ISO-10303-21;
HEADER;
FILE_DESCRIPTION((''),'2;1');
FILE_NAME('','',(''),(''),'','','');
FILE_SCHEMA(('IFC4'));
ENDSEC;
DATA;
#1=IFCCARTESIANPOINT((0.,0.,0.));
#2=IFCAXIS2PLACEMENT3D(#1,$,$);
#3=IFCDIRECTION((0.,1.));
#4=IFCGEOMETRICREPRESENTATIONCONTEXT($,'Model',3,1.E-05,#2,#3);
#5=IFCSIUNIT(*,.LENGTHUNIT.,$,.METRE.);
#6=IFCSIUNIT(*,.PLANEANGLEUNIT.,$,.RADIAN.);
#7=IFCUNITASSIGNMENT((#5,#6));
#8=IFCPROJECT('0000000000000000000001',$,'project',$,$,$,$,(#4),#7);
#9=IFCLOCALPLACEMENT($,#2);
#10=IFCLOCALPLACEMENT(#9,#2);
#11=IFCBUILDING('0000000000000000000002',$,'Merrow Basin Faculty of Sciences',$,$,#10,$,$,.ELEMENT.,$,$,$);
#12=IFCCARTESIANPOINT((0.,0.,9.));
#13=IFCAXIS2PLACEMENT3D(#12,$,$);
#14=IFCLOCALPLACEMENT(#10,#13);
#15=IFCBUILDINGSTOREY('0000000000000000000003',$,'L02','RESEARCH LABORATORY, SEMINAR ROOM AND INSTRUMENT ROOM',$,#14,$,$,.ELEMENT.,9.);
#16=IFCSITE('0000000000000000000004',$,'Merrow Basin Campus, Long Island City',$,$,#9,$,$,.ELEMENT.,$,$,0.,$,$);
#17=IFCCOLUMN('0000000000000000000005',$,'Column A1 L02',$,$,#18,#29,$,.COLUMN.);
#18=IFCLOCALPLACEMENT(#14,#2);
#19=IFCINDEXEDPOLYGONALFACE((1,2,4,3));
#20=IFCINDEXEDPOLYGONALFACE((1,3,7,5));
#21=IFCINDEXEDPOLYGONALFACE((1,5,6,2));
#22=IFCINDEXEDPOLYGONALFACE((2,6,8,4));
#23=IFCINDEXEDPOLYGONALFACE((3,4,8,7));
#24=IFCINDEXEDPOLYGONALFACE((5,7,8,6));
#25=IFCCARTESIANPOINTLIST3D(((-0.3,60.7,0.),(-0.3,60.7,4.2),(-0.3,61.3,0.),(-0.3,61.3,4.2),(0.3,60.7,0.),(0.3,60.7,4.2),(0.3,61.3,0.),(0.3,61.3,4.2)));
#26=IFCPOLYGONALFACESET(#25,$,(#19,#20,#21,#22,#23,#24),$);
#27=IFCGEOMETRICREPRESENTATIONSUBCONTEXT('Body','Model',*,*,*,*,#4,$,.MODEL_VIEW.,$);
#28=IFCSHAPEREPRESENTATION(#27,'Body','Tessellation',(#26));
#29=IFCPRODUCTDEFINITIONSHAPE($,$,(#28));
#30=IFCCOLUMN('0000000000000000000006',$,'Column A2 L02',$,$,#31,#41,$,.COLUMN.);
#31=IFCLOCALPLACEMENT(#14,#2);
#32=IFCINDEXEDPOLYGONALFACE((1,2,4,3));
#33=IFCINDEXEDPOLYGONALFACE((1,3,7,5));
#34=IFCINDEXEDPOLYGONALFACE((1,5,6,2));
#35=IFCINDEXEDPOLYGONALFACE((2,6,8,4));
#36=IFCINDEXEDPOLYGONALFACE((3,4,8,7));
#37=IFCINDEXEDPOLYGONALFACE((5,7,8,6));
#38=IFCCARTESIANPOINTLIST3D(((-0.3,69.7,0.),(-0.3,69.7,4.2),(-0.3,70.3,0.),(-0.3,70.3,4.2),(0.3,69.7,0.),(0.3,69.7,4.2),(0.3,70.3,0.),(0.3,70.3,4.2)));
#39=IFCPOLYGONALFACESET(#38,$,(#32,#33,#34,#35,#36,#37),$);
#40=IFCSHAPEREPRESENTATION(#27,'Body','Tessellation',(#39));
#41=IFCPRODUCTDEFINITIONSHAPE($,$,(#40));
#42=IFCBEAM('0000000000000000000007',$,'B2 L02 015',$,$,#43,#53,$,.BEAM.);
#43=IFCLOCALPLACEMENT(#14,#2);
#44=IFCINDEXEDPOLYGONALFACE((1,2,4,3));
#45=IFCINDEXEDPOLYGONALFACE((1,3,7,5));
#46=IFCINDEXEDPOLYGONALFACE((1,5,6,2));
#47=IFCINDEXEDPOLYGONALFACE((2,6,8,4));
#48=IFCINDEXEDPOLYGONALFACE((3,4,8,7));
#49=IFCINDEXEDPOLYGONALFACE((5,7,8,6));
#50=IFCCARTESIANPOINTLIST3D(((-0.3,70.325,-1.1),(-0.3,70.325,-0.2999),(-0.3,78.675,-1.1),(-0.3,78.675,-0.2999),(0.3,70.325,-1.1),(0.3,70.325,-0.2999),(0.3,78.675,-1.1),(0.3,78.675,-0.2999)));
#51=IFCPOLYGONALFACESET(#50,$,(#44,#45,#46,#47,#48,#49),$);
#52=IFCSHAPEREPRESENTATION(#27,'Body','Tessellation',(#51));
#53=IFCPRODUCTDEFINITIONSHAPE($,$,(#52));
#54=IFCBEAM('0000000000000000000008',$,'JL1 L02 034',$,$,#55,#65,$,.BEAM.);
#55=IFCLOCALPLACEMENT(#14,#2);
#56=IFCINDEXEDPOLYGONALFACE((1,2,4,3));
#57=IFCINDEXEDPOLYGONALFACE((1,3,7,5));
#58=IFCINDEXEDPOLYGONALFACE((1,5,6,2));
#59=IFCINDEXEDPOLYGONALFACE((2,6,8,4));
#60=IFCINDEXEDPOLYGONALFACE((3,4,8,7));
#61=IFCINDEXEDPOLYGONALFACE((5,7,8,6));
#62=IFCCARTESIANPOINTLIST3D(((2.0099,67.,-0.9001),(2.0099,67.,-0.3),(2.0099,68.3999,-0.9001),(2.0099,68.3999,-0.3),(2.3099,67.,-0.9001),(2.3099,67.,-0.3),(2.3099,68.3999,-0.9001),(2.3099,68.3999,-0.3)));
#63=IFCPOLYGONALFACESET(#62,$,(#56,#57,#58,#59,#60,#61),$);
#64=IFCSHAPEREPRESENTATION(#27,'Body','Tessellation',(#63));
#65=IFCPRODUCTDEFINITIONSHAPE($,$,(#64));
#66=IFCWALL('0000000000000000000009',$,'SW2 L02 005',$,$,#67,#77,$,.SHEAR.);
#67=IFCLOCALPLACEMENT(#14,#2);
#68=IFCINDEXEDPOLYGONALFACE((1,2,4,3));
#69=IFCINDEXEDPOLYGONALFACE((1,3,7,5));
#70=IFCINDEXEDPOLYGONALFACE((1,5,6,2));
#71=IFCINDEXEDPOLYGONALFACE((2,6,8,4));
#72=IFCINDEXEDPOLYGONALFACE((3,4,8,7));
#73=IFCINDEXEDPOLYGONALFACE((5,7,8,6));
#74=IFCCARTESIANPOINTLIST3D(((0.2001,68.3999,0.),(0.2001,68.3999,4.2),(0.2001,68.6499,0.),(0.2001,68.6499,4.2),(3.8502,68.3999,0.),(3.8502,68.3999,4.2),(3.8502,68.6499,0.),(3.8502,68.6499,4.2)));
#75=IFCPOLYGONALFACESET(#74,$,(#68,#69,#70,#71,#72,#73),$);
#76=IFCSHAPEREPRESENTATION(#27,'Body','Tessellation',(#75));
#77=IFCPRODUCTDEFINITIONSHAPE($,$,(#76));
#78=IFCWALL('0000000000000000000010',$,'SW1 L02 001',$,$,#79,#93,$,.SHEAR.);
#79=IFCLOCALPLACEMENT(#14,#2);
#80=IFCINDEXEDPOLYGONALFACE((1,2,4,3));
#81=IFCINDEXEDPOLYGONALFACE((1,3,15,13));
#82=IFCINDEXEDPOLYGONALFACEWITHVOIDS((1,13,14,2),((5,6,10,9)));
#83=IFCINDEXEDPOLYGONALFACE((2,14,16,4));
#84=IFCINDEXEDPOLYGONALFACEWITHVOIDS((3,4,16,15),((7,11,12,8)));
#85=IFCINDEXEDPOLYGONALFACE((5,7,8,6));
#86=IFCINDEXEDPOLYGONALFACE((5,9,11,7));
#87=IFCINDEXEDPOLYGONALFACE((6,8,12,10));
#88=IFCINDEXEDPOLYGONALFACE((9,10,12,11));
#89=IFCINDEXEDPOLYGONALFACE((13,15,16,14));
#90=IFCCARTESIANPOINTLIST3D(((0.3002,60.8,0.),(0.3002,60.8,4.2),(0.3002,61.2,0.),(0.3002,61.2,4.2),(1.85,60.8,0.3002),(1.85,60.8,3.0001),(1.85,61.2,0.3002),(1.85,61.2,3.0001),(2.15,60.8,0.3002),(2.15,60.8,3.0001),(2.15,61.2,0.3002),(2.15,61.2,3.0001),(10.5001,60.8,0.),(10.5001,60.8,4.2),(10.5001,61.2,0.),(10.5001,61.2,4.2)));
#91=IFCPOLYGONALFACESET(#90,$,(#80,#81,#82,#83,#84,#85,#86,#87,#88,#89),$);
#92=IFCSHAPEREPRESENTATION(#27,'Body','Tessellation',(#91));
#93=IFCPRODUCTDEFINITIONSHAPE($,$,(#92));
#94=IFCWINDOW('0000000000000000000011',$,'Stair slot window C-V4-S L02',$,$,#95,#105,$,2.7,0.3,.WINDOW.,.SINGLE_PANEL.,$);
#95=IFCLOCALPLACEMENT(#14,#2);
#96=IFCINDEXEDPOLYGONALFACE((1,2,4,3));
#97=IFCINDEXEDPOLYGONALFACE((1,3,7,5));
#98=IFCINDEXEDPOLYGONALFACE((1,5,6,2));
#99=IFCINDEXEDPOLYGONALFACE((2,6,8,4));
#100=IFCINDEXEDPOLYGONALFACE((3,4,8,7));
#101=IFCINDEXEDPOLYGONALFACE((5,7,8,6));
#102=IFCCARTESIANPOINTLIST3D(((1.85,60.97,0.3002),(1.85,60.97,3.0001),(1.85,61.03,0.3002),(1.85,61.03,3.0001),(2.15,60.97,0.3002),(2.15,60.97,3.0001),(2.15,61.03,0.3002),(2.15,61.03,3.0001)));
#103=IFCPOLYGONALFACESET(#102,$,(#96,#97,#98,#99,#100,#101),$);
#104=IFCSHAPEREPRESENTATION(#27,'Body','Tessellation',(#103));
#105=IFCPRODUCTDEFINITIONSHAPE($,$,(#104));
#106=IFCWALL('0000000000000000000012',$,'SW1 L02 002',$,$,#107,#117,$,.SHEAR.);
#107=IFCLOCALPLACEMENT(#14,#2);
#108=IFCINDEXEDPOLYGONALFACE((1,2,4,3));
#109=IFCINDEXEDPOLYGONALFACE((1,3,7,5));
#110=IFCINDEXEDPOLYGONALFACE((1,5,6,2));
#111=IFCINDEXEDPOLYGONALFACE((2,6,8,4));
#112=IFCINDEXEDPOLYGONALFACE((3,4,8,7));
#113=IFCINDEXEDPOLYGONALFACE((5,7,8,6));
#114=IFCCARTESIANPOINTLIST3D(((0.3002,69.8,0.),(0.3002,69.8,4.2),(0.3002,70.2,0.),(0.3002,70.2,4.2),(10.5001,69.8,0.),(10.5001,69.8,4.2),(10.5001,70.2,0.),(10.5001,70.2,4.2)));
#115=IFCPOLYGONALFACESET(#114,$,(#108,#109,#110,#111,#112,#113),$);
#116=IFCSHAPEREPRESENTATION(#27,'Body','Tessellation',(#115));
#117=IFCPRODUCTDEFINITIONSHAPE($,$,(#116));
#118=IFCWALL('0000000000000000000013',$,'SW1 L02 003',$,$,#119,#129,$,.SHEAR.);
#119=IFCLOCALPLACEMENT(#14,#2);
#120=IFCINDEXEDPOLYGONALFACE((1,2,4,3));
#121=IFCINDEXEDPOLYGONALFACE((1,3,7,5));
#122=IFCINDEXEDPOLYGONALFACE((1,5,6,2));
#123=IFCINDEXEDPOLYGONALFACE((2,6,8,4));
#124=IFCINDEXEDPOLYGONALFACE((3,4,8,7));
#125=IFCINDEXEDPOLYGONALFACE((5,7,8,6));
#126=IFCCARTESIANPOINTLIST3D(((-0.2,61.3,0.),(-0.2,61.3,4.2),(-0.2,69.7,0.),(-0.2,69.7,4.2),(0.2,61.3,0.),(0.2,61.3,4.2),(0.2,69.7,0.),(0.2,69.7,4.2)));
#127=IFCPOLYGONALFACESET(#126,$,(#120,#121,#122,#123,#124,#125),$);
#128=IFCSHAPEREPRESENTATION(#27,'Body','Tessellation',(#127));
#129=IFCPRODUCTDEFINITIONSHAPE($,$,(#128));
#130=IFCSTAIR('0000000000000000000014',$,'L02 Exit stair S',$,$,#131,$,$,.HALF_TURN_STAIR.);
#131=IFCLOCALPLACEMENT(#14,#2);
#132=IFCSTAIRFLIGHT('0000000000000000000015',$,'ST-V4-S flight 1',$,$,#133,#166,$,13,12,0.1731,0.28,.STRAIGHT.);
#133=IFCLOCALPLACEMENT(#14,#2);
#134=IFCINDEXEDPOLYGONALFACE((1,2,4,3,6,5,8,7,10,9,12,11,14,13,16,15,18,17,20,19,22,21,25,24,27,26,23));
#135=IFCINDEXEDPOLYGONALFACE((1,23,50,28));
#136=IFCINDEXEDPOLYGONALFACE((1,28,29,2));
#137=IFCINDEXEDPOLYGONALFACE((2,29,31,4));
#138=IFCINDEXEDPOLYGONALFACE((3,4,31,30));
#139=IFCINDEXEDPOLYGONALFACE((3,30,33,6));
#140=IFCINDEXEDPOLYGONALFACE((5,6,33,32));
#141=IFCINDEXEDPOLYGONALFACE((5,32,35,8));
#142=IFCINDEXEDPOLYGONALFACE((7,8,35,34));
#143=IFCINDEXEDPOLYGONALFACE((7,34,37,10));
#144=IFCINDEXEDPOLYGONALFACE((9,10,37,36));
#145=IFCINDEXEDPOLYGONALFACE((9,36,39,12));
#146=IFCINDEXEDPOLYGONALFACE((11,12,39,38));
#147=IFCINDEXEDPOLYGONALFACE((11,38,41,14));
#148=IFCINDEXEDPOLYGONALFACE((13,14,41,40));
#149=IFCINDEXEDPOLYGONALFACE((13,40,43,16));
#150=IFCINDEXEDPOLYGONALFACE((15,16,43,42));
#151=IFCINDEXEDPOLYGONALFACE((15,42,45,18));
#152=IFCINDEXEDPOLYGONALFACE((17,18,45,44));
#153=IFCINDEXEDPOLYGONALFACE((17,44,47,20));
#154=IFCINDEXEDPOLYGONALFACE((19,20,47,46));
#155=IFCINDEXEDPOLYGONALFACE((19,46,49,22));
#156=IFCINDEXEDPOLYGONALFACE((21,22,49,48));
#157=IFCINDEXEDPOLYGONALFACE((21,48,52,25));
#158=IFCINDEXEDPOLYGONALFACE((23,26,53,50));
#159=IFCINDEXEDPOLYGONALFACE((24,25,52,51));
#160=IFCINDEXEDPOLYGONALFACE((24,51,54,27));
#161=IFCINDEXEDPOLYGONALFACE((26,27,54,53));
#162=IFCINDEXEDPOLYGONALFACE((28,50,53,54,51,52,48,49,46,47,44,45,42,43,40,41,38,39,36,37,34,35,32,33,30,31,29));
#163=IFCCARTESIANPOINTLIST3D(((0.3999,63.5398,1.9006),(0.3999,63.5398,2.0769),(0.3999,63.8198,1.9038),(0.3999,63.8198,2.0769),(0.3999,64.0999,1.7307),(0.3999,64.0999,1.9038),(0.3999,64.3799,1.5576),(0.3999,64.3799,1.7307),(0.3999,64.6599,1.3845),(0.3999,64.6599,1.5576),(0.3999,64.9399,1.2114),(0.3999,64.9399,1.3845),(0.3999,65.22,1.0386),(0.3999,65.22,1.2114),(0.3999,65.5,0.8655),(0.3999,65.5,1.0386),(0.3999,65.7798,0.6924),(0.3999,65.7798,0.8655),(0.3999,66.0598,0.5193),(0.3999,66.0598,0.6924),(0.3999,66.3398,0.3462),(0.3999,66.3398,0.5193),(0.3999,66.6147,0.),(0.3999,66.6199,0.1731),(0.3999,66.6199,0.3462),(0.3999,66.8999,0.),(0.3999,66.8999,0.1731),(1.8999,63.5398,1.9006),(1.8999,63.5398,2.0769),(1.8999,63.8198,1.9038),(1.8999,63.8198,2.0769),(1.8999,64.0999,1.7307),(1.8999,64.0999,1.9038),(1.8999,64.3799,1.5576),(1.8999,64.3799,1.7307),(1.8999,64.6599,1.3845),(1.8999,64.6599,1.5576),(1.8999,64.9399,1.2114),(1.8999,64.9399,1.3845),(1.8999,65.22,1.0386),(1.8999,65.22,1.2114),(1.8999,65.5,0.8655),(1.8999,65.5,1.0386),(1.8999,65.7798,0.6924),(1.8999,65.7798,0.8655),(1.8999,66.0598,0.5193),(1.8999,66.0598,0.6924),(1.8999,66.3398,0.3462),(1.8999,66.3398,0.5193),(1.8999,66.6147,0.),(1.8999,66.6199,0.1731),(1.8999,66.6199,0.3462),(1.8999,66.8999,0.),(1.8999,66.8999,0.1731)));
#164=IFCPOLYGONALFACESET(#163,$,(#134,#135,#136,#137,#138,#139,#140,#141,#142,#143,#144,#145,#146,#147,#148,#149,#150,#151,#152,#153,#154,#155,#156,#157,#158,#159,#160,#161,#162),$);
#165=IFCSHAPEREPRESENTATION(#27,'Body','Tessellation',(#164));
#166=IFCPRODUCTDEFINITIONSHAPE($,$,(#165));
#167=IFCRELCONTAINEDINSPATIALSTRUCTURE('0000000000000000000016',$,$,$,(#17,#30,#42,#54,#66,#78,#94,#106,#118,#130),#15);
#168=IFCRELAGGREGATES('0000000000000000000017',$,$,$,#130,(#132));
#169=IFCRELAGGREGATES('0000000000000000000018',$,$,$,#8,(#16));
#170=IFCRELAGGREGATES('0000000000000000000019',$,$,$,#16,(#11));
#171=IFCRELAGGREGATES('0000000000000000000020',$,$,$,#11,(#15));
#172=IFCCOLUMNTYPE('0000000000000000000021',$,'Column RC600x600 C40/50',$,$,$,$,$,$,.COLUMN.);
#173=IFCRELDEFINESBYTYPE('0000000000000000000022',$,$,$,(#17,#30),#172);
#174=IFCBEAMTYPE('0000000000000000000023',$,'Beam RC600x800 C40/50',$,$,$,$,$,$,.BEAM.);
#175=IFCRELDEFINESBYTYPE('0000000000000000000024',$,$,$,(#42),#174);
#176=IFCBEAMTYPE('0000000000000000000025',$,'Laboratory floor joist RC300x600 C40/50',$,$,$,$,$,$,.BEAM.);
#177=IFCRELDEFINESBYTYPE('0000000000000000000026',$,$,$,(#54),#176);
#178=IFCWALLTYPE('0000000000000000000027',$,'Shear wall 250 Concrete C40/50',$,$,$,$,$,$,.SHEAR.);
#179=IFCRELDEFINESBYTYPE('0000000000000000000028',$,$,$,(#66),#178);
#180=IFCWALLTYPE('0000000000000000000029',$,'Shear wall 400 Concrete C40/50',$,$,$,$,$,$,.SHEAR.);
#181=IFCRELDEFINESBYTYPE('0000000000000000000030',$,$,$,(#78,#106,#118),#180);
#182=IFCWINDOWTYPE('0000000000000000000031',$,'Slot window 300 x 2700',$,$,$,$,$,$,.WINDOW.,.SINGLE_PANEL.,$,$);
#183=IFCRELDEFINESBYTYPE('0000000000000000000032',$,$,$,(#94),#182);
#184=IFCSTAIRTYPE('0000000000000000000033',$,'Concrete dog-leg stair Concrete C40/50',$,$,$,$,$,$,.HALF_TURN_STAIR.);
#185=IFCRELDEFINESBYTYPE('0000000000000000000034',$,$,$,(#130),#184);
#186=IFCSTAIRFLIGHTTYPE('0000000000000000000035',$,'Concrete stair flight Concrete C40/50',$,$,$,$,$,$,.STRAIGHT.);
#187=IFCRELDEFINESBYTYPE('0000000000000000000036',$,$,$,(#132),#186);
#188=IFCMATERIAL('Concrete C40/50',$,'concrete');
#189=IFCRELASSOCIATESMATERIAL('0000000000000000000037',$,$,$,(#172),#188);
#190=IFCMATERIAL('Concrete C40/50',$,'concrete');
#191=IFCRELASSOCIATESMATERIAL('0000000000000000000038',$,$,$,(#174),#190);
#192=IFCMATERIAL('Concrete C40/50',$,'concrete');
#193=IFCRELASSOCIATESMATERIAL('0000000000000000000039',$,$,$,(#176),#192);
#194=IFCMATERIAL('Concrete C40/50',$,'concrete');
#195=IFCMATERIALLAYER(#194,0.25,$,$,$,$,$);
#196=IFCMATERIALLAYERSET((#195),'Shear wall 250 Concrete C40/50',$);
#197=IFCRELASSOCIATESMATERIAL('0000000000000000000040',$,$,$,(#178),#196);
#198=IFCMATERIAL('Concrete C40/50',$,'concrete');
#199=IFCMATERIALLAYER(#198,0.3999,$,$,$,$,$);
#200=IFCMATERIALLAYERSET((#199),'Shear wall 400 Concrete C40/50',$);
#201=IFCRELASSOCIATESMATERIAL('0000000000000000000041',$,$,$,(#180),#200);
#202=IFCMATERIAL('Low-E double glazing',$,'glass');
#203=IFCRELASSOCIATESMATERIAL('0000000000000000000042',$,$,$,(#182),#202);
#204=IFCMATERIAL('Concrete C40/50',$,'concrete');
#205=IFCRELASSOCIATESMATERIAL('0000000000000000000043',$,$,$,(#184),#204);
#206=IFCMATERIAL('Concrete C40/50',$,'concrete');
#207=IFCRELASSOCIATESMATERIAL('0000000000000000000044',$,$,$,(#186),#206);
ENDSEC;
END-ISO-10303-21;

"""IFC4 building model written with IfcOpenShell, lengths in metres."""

from ifc_helpers import new_model, si_unit, direction, frame, frame_2d, origin, origin_2d, place, context, subcontext, project, spatial, polyline, rectangle, outline, extrude, material, layer, layer_set, material_profile, profile_set, type_object, element, fill, aggregate, save


model = new_model("IFC4")

# Units and contexts
model_context = context("Model", 3, precision=1e-05, world=origin(), true_north=direction((0.0, 1.0)))
body_context = subcontext(model_context, "Body", "Model", "MODEL_VIEW")
ifc_project = project(units=[si_unit("LENGTHUNIT", "METRE"), si_unit("PLANEANGLEUNIT", "RADIAN")], contexts=[model_context])

# Site, building, storey
site_placement = place(None, origin())
site = spatial("IfcSite", under=ifc_project, at=site_placement, Name="Merrow Basin Campus, Long Island City", CompositionType="ELEMENT", RefElevation=0.0)
building_placement = place(site_placement, origin())
building = spatial("IfcBuilding", under=site, at=building_placement, Name="Merrow Basin Faculty of Sciences", CompositionType="ELEMENT")
storey_placement = place(building_placement, frame((0.0, 0.0, 9.0)))
storey = spatial("IfcBuildingStorey", under=building, at=storey_placement, Name="L02", Description="RESEARCH LABORATORY, SEMINAR ROOM AND INSTRUMENT ROOM", CompositionType="ELEMENT", Elevation=9.0)

# Columns
ifc_material_1 = material(Name="Concrete C40/50", Category="concrete")
ifc_material_profile_1 = material_profile(ifc_material_1, rectangle(XDim=0.6001, YDim=0.6001, at=origin_2d()))
ifc_profile_set_1 = profile_set([ifc_material_profile_1], Name="Concrete C40/50")
column_type = type_object("IfcColumnType", Name="Column RC600x600 C40/50", PredefinedType="COLUMN", material=ifc_profile_set_1)
for number, where, z_axis, x_axis, name in (
    (1, (0.0, 61.0, 0.0), (0.0, 0.0, 1.0), (1.0, 0.0, 0.0), "Column A1 L02"),
    (2, (0.0, 70.0, 0.0), (0.0, 0.0, 1.0), (1.0, 0.0, 0.0), "Column A2 L02"),
):
    element("IfcColumn", number, at=place(storey_placement, frame(where, z_axis=z_axis, x_axis=x_axis)), inside=storey, type_object=column_type, Name=name, PredefinedType="COLUMN", context=body_context, shape_type="SweptSolid", body=[
        extrude(rectangle(XDim=0.6001, YDim=0.6001, at=origin_2d()), origin(), (0.0, 0.0, 1.0), 4.2),
    ])

# Beams
ifc_material_2 = material(Name="Concrete C40/50", Category="concrete")
ifc_material_profile_2 = material_profile(ifc_material_2, rectangle(XDim=0.6001, YDim=0.8, at=origin_2d()))
ifc_profile_set_2 = profile_set([ifc_material_profile_2], Name="Concrete C40/50")
beam_type_1 = type_object("IfcBeamType", Name="Beam RC600x800 C40/50", PredefinedType="BEAM", material=ifc_profile_set_2)
beam_1_placement = place(storey_placement, frame((0.0, 70.325, -0.7), z_axis=(0.0, 1.0, 0.0), x_axis=(-1.0, 0.0, 0.0)))
element("IfcBeam", 3, at=beam_1_placement, inside=storey, type_object=beam_type_1, Name="B2 L02 015", PredefinedType="BEAM", context=body_context, shape_type="SweptSolid", body=[
    extrude(rectangle(XDim=0.6001, YDim=0.8, at=origin_2d()), origin(), (0.0, 0.0, 1.0), 8.3501),
])
ifc_material_3 = material(Name="Concrete C40/50", Category="concrete")
ifc_material_profile_3 = material_profile(ifc_material_3, rectangle(XDim=0.3, YDim=0.6001, at=origin_2d()))
ifc_profile_set_3 = profile_set([ifc_material_profile_3], Name="Concrete C40/50")
beam_type_2 = type_object("IfcBeamType", Name="Laboratory floor joist RC300x600 C40/50", PredefinedType="BEAM", material=ifc_profile_set_3)
beam_2_placement = place(storey_placement, frame((2.1599, 67.0, -0.6001), z_axis=(0.0, 1.0, 0.0), x_axis=(-1.0, 0.0, 0.0)))
element("IfcBeam", 4, at=beam_2_placement, inside=storey, type_object=beam_type_2, Name="JL1 L02 034", PredefinedType="BEAM", context=body_context, shape_type="SweptSolid", body=[
    extrude(rectangle(XDim=0.3, YDim=0.6001, at=origin_2d()), origin(), (0.0, 0.0, 1.0), 1.3999),
])

# Wall
ifc_material_4 = material(Name="Concrete C40/50", Category="concrete")
ifc_layer_1 = layer(ifc_material_4, 0.25)
ifc_layer_set_1 = layer_set([ifc_layer_1], Name="Shear wall 250 Concrete C40/50")
wall_type_1 = type_object("IfcWallType", Name="Shear wall 250 Concrete C40/50", PredefinedType="SHEAR", material=ifc_layer_set_1)
wall_1_placement = place(storey_placement, frame((0.2, 68.5249, 0.0), z_axis=(0.0, 0.0, 1.0), x_axis=(1.0, 0.0, 0.0)))
element("IfcWall", 5, at=wall_1_placement, inside=storey, type_object=wall_type_1, Name="SW2 L02 005", PredefinedType="SHEAR", context=body_context, shape_type="SweptSolid", body=[
    extrude(rectangle(XDim=3.6501, YDim=0.25, at=frame_2d((1.8252, 0.0))), origin(), (0.0, 0.0, 1.0), 4.2),
])

# Wall, opening, window
ifc_material_5 = material(Name="Concrete C40/50", Category="concrete")
ifc_layer_2 = layer(ifc_material_5, 0.3999)
ifc_layer_set_2 = layer_set([ifc_layer_2], Name="Shear wall 400 Concrete C40/50")
wall_type_2 = type_object("IfcWallType", Name="Shear wall 400 Concrete C40/50", PredefinedType="SHEAR", material=ifc_layer_set_2)
wall_2_placement = place(storey_placement, frame((0.3, 61.0, 0.0), z_axis=(0.0, 0.0, 1.0), x_axis=(1.0, 0.0, 0.0)))
wall_2 = element("IfcWall", 6, at=wall_2_placement, inside=storey, type_object=wall_type_2, Name="SW1 L02 001", PredefinedType="SHEAR", context=body_context, shape_type="SweptSolid", body=[
    extrude(rectangle(XDim=10.2, YDim=0.3999, at=frame_2d((5.1001, 0.0))), origin(), (0.0, 0.0, 1.0), 4.2),
])
opening_placement = place(wall_2_placement, frame((1.55, 0.0, 0.3)))
opening = element("IfcOpeningElement", 7, at=opening_placement, cuts=wall_2, PredefinedType="OPENING", context=body_context, shape_type="SweptSolid", body=[
    extrude(rectangle(XDim=0.3, YDim=2.7, at=frame_2d((0.1499, 1.3501))), frame((0.0, 0.21, 0.0), z_axis=(0.0, -1.0, 0.0), x_axis=(1.0, 0.0, 0.0)), (0.0, 0.0, 1.0), 0.4199),
])
ifc_material_6 = material(Name="Low-E double glazing", Category="glass")
window_type = type_object("IfcWindowType", Name="Slot window 300 x 2700", PartitioningType="SINGLE_PANEL", PredefinedType="WINDOW", material=ifc_material_6)
window_placement = place(opening_placement, origin())
window = element("IfcWindow", 8, at=window_placement, inside=storey, type_object=window_type, Name="Stair slot window C-V4-S L02", OverallHeight=2.7, OverallWidth=0.3, PartitioningType="SINGLE_PANEL", PredefinedType="WINDOW", context=body_context, shape_type="SweptSolid", body=[
    extrude(rectangle(XDim=0.3, YDim=2.7, at=frame_2d((0.1499, 1.3501))), frame((0.0, 0.03, 0.0), z_axis=(0.0, -1.0, 0.0), x_axis=(1.0, 0.0, 0.0)), (0.0, 0.0, 1.0), 0.0601),
])
fill(opening, window)

# Walls
wall_3_placement = place(storey_placement, frame((0.3, 70.0, 0.0), z_axis=(0.0, 0.0, 1.0), x_axis=(1.0, 0.0, 0.0)))
element("IfcWall", 9, at=wall_3_placement, inside=storey, type_object=wall_type_2, Name="SW1 L02 002", PredefinedType="SHEAR", context=body_context, shape_type="SweptSolid", body=[
    extrude(rectangle(XDim=10.2, YDim=0.3999, at=frame_2d((5.1001, 0.0))), origin(), (0.0, 0.0, 1.0), 4.2),
])
wall_4_placement = place(storey_placement, frame((0.0, 61.3, 0.0), z_axis=(0.0, 0.0, 1.0), x_axis=(0.0, 1.0, 0.0)))
element("IfcWall", 10, at=wall_4_placement, inside=storey, type_object=wall_type_2, Name="SW1 L02 003", PredefinedType="SHEAR", context=body_context, shape_type="SweptSolid", body=[
    extrude(rectangle(XDim=8.3999, YDim=0.3999, at=frame_2d((4.2, 0.0))), origin(), (0.0, 0.0, 1.0), 4.2),
])

# Stair, stair flight
ifc_material_7 = material(Name="Concrete C40/50", Category="concrete")
stair_type = type_object("IfcStairType", Name="Concrete dog-leg stair Concrete C40/50", PredefinedType="HALF_TURN_STAIR", material=ifc_material_7)
stair_placement = place(storey_placement, origin())
stair = element("IfcStair", 11, at=stair_placement, inside=storey, type_object=stair_type, Name="L02 Exit stair S", PredefinedType="HALF_TURN_STAIR")
ifc_material_8 = material(Name="Concrete C40/50", Category="concrete")
stair_flight_type = type_object("IfcStairFlightType", Name="Concrete stair flight Concrete C40/50", PredefinedType="STRAIGHT", material=ifc_material_8)
stair_flight_placement = place(storey_placement, frame((1.1499, 66.8999, 0.0), z_axis=(0.0, 0.0, 1.0), x_axis=(0.0, -1.0, 0.0)))
stair_flight = element("IfcStairFlight", 12, at=stair_flight_placement, type_object=stair_flight_type, Name="ST-V4-S flight 1", NumberOfRisers=13, NumberOfTreads=12, PredefinedType="STRAIGHT", RiserHeight=0.1731, TreadLength=0.28, context=body_context, shape_type="SweptSolid", body=[
    extrude(outline(polyline([(0.0, 0.0), (0.0, 0.1731), (0.28, 0.1731), (0.28, 0.3462), (0.5601, 0.3462), (0.5601, 0.5193), (0.8401, 0.5193), (0.8401, 0.6924), (1.1201, 0.6924), (1.1201, 0.8655), (1.3999, 0.8655), (1.3999, 1.0386), (1.6799, 1.0386), (1.6799, 1.2114), (1.96, 1.2114), (1.96, 1.3845), (2.24, 1.3845), (2.24, 1.5576), (2.52, 1.5576), (2.52, 1.7307), (2.8, 1.7307), (2.8, 1.9038), (3.0801, 1.9038), (3.0801, 2.0769), (3.3601, 2.0769), (3.3601, 2.25), (3.3601, 1.9006), (0.2852, 0.0), (0.0, 0.0)])), frame((0.0, 0.75, 0.0), z_axis=(0.0, -1.0, 0.0), x_axis=(1.0, 0.0, 0.0)), (0.0, 0.0, 1.0), 1.5),
])
aggregate(stair, [stair_flight])

save(model, "model.ifc")
